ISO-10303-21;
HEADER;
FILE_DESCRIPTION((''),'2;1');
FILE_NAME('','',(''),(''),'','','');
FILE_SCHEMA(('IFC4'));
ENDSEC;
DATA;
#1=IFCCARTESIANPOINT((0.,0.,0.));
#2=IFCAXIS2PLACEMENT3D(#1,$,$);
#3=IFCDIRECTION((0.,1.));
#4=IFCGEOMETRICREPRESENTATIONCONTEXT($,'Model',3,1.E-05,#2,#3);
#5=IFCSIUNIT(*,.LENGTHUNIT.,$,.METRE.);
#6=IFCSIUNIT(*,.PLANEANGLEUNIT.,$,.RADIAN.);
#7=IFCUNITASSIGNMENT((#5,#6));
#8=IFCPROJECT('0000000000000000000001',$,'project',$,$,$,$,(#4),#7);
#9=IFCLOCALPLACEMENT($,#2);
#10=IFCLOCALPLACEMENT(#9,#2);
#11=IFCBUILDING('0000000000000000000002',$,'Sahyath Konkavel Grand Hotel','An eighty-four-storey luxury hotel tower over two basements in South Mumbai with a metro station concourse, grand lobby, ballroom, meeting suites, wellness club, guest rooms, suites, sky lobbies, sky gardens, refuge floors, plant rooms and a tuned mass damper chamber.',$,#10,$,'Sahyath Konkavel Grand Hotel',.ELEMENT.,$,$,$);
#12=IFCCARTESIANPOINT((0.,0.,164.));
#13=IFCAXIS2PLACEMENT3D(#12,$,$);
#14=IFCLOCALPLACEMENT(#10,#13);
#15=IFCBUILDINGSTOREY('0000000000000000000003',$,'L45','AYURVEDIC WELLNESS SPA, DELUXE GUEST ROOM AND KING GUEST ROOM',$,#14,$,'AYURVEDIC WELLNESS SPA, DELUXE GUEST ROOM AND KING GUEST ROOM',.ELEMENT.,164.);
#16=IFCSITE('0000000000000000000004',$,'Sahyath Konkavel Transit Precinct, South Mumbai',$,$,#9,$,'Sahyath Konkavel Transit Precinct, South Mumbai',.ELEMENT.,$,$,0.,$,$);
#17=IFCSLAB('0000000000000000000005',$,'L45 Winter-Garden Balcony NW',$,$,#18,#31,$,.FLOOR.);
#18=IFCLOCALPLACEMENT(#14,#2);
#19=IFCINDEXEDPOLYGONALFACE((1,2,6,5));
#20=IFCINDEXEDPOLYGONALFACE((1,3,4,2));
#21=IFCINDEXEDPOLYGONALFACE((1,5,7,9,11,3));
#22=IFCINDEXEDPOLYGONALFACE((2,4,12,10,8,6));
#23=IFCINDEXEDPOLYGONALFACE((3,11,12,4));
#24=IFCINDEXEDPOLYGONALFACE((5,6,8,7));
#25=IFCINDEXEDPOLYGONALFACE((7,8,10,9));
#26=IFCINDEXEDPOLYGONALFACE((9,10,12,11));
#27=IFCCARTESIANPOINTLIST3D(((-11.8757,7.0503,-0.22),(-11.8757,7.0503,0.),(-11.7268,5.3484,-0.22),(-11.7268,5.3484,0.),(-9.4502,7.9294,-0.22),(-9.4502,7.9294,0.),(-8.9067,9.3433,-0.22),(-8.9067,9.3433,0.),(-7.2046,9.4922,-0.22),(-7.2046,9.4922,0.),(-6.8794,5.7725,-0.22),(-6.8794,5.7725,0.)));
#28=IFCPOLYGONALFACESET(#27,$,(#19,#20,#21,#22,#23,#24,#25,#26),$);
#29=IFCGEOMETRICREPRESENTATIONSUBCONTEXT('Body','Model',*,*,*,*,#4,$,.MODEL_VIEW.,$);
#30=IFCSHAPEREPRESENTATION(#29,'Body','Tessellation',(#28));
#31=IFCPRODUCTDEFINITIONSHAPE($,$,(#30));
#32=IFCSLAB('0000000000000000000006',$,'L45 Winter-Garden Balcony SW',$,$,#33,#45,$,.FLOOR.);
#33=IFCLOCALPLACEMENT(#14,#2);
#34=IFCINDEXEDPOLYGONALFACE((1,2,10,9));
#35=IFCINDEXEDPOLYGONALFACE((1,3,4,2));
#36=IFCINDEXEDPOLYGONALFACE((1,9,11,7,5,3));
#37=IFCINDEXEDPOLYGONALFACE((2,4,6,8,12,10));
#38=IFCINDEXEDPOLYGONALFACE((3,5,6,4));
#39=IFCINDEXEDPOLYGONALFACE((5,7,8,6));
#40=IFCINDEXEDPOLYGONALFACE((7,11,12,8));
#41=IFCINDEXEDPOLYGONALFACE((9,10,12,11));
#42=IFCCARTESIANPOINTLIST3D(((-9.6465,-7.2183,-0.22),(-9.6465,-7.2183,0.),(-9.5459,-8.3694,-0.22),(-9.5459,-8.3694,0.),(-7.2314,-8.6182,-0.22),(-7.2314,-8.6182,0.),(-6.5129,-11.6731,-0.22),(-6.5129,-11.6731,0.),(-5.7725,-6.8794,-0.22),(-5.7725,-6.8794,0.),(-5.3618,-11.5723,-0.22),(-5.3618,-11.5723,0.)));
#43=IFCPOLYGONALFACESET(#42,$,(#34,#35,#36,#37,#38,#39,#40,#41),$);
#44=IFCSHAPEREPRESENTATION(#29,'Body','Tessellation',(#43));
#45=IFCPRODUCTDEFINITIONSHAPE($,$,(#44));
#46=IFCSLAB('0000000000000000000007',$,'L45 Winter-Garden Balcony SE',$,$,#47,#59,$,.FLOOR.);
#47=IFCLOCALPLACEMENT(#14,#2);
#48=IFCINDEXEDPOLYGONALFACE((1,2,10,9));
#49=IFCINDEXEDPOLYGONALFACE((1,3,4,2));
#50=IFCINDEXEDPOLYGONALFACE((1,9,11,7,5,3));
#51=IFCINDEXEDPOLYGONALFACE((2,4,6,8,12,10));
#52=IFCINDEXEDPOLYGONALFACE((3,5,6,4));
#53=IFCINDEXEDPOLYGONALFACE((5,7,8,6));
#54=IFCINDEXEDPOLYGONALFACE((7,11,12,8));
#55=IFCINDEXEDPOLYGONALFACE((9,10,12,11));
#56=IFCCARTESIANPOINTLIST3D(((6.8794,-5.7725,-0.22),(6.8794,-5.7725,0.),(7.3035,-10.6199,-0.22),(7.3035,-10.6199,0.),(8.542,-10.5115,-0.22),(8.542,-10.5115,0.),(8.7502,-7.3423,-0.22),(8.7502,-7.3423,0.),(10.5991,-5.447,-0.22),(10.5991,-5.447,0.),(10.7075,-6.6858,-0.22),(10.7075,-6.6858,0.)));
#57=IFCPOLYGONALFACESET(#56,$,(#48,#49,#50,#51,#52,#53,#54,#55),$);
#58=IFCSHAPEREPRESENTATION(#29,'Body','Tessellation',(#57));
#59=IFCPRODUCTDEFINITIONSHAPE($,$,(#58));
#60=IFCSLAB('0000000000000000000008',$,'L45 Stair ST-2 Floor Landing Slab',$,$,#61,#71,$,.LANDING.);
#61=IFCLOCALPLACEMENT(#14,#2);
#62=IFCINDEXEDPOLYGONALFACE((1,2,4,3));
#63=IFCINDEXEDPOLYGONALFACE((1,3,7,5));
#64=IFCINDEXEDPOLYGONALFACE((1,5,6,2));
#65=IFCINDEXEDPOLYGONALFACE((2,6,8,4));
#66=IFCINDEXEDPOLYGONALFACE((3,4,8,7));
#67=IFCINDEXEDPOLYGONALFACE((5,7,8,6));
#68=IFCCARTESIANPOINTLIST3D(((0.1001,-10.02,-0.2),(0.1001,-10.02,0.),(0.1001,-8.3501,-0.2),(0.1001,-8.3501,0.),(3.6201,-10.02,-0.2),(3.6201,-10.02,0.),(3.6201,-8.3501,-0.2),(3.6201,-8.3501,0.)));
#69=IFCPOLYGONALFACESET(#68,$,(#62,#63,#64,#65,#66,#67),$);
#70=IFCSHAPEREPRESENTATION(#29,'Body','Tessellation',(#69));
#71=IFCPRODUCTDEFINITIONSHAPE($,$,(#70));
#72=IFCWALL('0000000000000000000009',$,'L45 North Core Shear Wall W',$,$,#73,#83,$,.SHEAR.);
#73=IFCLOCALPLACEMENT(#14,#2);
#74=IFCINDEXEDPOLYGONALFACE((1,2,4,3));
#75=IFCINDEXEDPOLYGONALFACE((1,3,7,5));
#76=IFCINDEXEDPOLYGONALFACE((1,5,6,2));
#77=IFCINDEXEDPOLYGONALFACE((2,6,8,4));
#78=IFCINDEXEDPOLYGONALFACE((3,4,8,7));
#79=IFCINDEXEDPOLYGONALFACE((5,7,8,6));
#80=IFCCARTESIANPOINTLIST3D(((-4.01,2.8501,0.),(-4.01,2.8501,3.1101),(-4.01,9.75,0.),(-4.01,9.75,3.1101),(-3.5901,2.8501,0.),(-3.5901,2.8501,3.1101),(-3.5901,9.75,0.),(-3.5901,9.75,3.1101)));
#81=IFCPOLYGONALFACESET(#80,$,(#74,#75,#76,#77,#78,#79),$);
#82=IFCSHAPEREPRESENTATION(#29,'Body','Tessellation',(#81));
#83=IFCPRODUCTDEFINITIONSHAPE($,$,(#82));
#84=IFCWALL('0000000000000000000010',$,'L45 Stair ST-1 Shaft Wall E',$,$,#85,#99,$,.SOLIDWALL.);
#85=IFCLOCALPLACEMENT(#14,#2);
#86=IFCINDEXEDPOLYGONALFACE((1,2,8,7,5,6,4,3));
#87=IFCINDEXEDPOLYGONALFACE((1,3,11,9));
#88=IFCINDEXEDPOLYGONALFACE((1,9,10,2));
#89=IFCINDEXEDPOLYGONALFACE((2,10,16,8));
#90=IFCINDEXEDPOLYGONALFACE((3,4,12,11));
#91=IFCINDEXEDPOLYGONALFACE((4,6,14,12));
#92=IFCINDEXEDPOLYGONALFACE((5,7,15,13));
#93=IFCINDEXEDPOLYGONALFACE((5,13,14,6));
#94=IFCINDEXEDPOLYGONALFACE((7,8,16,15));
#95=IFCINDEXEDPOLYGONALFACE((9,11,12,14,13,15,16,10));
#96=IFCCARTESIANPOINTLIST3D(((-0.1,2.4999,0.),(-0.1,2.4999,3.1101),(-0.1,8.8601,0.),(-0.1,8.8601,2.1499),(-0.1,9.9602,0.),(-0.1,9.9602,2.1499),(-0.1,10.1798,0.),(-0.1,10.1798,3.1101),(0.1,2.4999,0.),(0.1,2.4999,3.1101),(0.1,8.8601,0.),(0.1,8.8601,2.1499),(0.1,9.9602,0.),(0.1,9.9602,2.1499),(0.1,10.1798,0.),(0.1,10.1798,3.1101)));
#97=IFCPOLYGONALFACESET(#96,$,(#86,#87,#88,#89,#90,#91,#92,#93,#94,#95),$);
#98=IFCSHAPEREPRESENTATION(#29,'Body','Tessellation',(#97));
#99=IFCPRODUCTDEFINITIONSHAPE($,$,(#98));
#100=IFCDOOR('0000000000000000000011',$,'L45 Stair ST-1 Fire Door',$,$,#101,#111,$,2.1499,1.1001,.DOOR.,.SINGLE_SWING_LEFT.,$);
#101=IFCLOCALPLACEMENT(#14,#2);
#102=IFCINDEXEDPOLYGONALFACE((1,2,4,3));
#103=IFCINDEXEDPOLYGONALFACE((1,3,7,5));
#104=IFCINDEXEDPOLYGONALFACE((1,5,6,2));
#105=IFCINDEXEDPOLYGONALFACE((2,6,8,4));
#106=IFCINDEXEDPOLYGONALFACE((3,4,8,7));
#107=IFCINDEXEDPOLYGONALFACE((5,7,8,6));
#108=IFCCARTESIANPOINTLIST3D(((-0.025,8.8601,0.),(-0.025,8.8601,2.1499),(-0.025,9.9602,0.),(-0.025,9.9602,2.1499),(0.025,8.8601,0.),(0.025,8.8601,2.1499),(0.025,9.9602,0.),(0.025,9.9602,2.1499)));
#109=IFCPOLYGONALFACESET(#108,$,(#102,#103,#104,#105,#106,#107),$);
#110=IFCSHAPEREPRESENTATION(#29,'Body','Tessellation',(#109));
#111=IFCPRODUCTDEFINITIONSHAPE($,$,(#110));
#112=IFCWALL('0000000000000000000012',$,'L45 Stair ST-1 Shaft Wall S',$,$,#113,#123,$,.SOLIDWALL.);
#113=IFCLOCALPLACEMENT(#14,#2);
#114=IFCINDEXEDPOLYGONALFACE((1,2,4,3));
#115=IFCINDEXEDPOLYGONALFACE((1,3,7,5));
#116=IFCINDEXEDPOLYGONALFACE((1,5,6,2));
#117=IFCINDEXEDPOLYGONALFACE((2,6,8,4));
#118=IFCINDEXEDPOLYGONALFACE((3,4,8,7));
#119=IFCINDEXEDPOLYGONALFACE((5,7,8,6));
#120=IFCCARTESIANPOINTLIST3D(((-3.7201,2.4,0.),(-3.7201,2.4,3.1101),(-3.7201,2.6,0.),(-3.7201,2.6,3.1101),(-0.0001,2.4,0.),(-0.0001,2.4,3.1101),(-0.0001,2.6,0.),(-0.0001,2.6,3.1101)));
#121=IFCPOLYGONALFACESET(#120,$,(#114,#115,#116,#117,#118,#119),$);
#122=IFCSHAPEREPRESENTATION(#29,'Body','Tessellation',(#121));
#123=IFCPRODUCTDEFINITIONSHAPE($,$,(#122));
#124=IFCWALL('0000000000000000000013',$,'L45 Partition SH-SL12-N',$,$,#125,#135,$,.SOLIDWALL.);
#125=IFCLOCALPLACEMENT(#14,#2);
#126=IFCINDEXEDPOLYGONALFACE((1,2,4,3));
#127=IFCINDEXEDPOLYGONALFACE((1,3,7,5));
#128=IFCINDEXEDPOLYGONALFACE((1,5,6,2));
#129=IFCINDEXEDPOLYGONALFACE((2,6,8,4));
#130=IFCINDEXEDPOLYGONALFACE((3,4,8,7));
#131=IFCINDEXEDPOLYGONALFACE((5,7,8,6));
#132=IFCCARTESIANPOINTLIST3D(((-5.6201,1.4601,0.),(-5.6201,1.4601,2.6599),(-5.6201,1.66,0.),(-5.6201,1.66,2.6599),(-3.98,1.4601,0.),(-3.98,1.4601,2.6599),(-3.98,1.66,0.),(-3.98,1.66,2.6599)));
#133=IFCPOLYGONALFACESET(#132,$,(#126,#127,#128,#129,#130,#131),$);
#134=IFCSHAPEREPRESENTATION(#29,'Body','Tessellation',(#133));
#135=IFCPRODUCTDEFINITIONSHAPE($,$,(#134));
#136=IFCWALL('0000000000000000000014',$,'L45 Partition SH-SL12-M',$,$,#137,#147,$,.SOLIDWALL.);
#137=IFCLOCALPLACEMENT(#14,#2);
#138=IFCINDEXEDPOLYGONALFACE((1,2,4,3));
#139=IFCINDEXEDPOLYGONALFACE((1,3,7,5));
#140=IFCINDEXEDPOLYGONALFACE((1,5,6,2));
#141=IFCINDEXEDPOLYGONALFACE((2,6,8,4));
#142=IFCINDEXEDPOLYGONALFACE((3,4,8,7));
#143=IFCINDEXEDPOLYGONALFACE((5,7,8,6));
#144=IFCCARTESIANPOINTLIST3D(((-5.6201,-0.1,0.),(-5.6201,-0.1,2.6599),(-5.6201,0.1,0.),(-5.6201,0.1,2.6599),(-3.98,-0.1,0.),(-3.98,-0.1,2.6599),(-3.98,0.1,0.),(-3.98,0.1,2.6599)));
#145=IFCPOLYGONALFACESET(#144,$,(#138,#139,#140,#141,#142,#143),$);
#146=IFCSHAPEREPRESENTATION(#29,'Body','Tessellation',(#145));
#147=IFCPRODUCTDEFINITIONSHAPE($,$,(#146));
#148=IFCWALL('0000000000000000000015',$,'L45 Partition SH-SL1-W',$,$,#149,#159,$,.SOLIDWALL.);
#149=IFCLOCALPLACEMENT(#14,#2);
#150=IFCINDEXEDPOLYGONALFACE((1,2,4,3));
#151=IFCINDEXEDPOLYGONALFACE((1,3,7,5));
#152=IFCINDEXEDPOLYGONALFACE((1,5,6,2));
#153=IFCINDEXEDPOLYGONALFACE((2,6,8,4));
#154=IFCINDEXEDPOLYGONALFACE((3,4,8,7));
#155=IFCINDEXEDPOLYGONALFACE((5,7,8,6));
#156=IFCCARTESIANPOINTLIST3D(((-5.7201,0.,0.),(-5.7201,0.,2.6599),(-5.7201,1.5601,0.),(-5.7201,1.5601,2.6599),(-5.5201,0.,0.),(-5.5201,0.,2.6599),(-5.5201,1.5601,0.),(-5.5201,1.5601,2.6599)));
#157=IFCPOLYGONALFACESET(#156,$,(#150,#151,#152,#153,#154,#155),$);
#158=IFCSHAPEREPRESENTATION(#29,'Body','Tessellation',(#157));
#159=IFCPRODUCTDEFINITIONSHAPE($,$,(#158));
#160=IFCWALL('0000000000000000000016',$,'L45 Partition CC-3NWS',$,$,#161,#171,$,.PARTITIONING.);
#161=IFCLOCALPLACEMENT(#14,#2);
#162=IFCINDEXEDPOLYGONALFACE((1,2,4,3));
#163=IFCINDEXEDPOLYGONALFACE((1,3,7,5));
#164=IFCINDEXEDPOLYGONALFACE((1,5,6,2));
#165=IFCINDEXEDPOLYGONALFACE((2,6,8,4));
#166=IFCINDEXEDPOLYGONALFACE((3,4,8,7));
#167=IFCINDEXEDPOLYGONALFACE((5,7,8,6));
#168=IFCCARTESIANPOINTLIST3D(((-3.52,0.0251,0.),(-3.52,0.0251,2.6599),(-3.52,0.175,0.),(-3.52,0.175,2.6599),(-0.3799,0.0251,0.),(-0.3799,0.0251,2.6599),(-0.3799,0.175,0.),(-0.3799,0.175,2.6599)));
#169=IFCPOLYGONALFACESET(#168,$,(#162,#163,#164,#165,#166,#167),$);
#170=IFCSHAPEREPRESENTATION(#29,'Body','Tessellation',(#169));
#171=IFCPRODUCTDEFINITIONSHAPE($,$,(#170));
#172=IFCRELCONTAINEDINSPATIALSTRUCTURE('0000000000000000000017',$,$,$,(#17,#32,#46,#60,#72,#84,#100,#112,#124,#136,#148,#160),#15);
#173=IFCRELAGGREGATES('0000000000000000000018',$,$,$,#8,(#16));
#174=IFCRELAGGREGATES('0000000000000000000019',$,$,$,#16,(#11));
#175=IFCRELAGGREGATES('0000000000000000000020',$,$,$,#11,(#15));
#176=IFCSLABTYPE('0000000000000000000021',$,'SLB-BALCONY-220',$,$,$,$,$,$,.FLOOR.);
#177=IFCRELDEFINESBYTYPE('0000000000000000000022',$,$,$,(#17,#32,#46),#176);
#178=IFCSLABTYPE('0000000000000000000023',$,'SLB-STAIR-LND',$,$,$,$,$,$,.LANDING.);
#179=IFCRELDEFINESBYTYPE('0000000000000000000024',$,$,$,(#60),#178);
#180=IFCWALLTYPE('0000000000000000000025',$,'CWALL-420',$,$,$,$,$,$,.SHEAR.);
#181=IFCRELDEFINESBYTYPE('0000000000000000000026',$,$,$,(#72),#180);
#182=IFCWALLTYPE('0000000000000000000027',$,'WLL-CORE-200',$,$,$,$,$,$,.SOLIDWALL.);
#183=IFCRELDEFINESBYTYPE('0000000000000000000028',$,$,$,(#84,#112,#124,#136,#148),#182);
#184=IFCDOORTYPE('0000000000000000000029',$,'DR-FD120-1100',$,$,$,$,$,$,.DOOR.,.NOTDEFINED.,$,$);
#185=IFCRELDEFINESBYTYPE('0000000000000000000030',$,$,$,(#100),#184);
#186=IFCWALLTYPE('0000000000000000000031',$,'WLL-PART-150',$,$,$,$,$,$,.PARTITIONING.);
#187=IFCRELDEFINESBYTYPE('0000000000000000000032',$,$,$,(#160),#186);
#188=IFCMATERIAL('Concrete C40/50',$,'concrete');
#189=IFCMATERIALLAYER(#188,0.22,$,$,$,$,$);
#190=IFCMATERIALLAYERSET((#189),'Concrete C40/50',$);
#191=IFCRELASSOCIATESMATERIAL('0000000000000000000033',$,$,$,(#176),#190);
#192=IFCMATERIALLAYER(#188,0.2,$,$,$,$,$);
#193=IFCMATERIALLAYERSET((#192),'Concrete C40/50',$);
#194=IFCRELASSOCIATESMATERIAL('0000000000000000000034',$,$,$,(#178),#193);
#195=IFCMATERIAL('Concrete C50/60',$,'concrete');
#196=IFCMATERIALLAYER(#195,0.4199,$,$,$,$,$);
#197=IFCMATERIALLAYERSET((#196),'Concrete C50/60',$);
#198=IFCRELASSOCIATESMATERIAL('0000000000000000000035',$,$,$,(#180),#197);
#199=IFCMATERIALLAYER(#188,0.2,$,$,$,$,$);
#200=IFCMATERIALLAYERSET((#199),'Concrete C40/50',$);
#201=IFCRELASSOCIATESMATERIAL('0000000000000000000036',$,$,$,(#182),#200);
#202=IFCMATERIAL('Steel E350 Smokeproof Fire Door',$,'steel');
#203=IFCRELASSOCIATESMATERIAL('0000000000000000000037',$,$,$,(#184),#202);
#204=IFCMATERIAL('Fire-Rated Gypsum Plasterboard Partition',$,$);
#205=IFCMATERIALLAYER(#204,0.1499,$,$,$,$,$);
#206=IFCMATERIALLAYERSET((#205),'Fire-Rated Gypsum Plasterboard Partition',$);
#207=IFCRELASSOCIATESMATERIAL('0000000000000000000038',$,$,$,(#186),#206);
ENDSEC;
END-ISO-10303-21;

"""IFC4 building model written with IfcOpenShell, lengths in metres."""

from ifc_helpers import new_model, si_unit, direction, frame, frame_2d, origin, origin_2d, place, context, subcontext, project, spatial, polyline, rectangle, outline, extrude, source, transform, mapped, material, layer, layer_set, type_object, element, fill, save


model = new_model("IFC4")

# Units and contexts
model_context = context("Model", 3, precision=1e-05, world=origin(), true_north=direction((0.0, 1.0)))
body_context = subcontext(model_context, "Body", "Model", "MODEL_VIEW")
ifc_project = project(units=[si_unit("LENGTHUNIT", "METRE"), si_unit("PLANEANGLEUNIT", "RADIAN")], contexts=[model_context])

# Site, building, storey
site_placement = place(None, origin())
site = spatial("IfcSite", under=ifc_project, at=site_placement, Name="Sahyath Konkavel Transit Precinct, South Mumbai", LongName="Sahyath Konkavel Transit Precinct, South Mumbai", CompositionType="ELEMENT", RefElevation=0.0)
building_placement = place(site_placement, origin())
building = spatial("IfcBuilding", under=site, at=building_placement, Name="Sahyath Konkavel Grand Hotel", Description="An eighty-four-storey luxury hotel tower over two basements in South Mumbai with a metro station concourse, grand lobby, ballroom, meeting suites, wellness club, guest rooms, suites, sky lobbies, sky gardens, refuge floors, plant rooms and a tuned mass damper chamber.", LongName="Sahyath Konkavel Grand Hotel", CompositionType="ELEMENT")
storey_placement = place(building_placement, frame((0.0, 0.0, 164.0)))
storey = spatial("IfcBuildingStorey", under=building, at=storey_placement, Name="L45", Description="AYURVEDIC WELLNESS SPA, DELUXE GUEST ROOM AND KING GUEST ROOM", LongName="AYURVEDIC WELLNESS SPA, DELUXE GUEST ROOM AND KING GUEST ROOM", CompositionType="ELEMENT", Elevation=164.0)

# Shared definitions
ifc_material_1 = material(Name="Concrete C50/60", Category="concrete")

# Slabs
ifc_material_2 = material(Name="Concrete C40/50", Category="concrete")
ifc_layer_1 = layer(ifc_material_2, 0.22)
ifc_layer_set_1 = layer_set([ifc_layer_1], Name="Concrete C40/50")
slab_type_1 = type_object("IfcSlabType", Name="SLB-BALCONY-220", PredefinedType="FLOOR", material=ifc_layer_set_1)
slab_1_placement = place(storey_placement, frame((0.0, 0.0, -0.22)))
element("IfcSlab", 1, at=slab_1_placement, inside=storey, type_object=slab_type_1, Name="L45 Winter-Garden Balcony NW", PredefinedType="FLOOR", context=body_context, shape_type="SweptSolid", body=[
    extrude(outline(polyline([(-6.8794, 5.7725), (-7.2046, 9.4922), (-8.9067, 9.3433), (-9.4502, 7.9294), (-11.8757, 7.0503), (-11.7268, 5.3484), (-6.8794, 5.7725)])), origin(), (0.0, 0.0, 1.0), 0.22),
])
slab_2_placement = place(storey_placement, frame((0.0, 0.0, -0.22)))
element("IfcSlab", 2, at=slab_2_placement, inside=storey, type_object=slab_type_1, Name="L45 Winter-Garden Balcony SW", PredefinedType="FLOOR", context=body_context, shape_type="SweptSolid", body=[
    extrude(outline(polyline([(-5.7725, -6.8794), (-9.6465, -7.2183), (-9.5459, -8.3694), (-7.2314, -8.6182), (-6.5129, -11.6731), (-5.3618, -11.5723), (-5.7725, -6.8794)])), origin(), (0.0, 0.0, 1.0), 0.22),
])
slab_3_placement = place(storey_placement, frame((0.0, 0.0, -0.22)))
element("IfcSlab", 3, at=slab_3_placement, inside=storey, type_object=slab_type_1, Name="L45 Winter-Garden Balcony SE", PredefinedType="FLOOR", context=body_context, shape_type="SweptSolid", body=[
    extrude(outline(polyline([(6.8794, -5.7725), (7.3035, -10.6199), (8.542, -10.5115), (8.7502, -7.3423), (10.7075, -6.6858), (10.5991, -5.447), (6.8794, -5.7725)])), origin(), (0.0, 0.0, 1.0), 0.22),
])
ifc_layer_2 = layer(ifc_material_2, 0.2)
ifc_layer_set_2 = layer_set([ifc_layer_2], Name="Concrete C40/50")
slab_type_2 = type_object("IfcSlabType", Name="SLB-STAIR-LND", PredefinedType="LANDING", material=ifc_layer_set_2)
slab_4_placement = place(storey_placement, frame((0.0, 0.0, -0.2)))
element("IfcSlab", 4, at=slab_4_placement, inside=storey, type_object=slab_type_2, Name="L45 Stair ST-2 Floor Landing Slab", PredefinedType="LANDING", context=body_context, shape_type="SweptSolid", body=[
    extrude(outline(polyline([(0.1001, -10.02), (3.6201, -10.02), (3.6201, -8.3501), (0.1001, -8.3501), (0.1001, -10.02)])), origin(), (0.0, 0.0, 1.0), 0.2),
])

# Wall
ifc_layer_3 = layer(ifc_material_1, 0.4199)
ifc_layer_set_3 = layer_set([ifc_layer_3], Name="Concrete C50/60")
wall_type_1 = type_object("IfcWallType", Name="CWALL-420", PredefinedType="SHEAR", material=ifc_layer_set_3)
wall_1_placement = place(storey_placement, frame((-3.8, 2.8501, 0.0), z_axis=(0.0, 0.0, 1.0), x_axis=(0.0, 1.0, 0.0)))
element("IfcWall", 5, at=wall_1_placement, inside=storey, type_object=wall_type_1, Name="L45 North Core Shear Wall W", PredefinedType="SHEAR", context=body_context, shape_type="SweptSolid", body=[
    extrude(rectangle(XDim=6.8999, YDim=0.4199, at=frame_2d((3.45, 0.0))), origin(), (0.0, 0.0, 1.0), 3.1101),
])

# Wall, opening, door
ifc_layer_4 = layer(ifc_material_2, 0.2)
ifc_layer_set_4 = layer_set([ifc_layer_4], Name="Concrete C40/50")
wall_type_2 = type_object("IfcWallType", Name="WLL-CORE-200", PredefinedType="SOLIDWALL", material=ifc_layer_set_4)
wall_2_placement = place(storey_placement, frame((0.0, 2.5, 0.0), z_axis=(0.0, 0.0, 1.0), x_axis=(0.0, 1.0, 0.0)))
wall_2 = element("IfcWall", 6, at=wall_2_placement, inside=storey, type_object=wall_type_2, Name="L45 Stair ST-1 Shaft Wall E", PredefinedType="SOLIDWALL", context=body_context, shape_type="SweptSolid", body=[
    extrude(rectangle(XDim=7.6799, YDim=0.2, at=frame_2d((3.8398, 0.0))), origin(), (0.0, 0.0, 1.0), 3.1101),
])
opening_1_placement = place(wall_2_placement, frame((6.3601, 0.0, 0.0)))
opening_1 = element("IfcOpeningElement", 7, at=opening_1_placement, cuts=wall_2, PredefinedType="OPENING", context=body_context, shape_type="SweptSolid", body=[
    extrude(rectangle(XDim=1.1001, YDim=2.1499, at=frame_2d((0.55, 1.075))), frame((0.0, 0.1099, 0.0), z_axis=(0.0, -1.0, 0.0), x_axis=(1.0, 0.0, 0.0)), (0.0, 0.0, 1.0), 0.22),
])
ifc_material_3 = material(Name="Steel E350 Smokeproof Fire Door", Category="steel")
door_type_1 = type_object("IfcDoorType", Name="DR-FD120-1100", OperationType="NOTDEFINED", PredefinedType="DOOR", material=ifc_material_3)
shared_shape_1 = source(origin(), body_context, "Body", "SweptSolid", [
    extrude(rectangle(XDim=1.1001, YDim=0.05, at=origin_2d()), origin(), (0.0, 0.0, 1.0), 2.1499),
])
door_1_placement = place(opening_1_placement, frame((0.55, 0.0, 0.0)))
door_1 = element("IfcDoor", 8, at=door_1_placement, inside=storey, type_object=door_type_1, Name="L45 Stair ST-1 Fire Door", OperationType="SINGLE_SWING_LEFT", OverallHeight=2.1499, OverallWidth=1.1001, PredefinedType="DOOR", context=body_context, shape_type="MappedRepresentation", body=[
    mapped(shared_shape_1, transform((0.0, 0.0, 0.0), scale=1.0)),
])
fill(opening_1, door_1)

# Walls
wall_3_placement = place(storey_placement, frame((-3.72, 2.5, 0.0), z_axis=(0.0, 0.0, 1.0), x_axis=(1.0, 0.0, 0.0)))
element("IfcWall", 9, at=wall_3_placement, inside=storey, type_object=wall_type_2, Name="L45 Stair ST-1 Shaft Wall S", PredefinedType="SOLIDWALL", context=body_context, shape_type="SweptSolid", body=[
    extrude(rectangle(XDim=3.72, YDim=0.2, at=frame_2d((1.8599, 0.0))), origin(), (0.0, 0.0, 1.0), 3.1101),
])
for number, where, z_axis, x_axis, name in (
    (10, (-5.6201, 1.5601, 0.0), (0.0, 0.0, 1.0), (1.0, 0.0, 0.0), "L45 Partition SH-SL12-N"),
    (11, (-5.6201, 0.0, 0.0), (0.0, 0.0, 1.0), (1.0, 0.0, 0.0), "L45 Partition SH-SL12-M"),
):
    element("IfcWall", number, at=place(storey_placement, frame(where, z_axis=z_axis, x_axis=x_axis)), inside=storey, type_object=wall_type_2, Name=name, PredefinedType="SOLIDWALL", context=body_context, shape_type="SweptSolid", body=[
        extrude(rectangle(XDim=1.6401, YDim=0.2, at=frame_2d((0.8201, 0.0))), origin(), (0.0, 0.0, 1.0), 2.6599),
    ])
wall_4_placement = place(storey_placement, frame((-5.6201, 0.0, 0.0), z_axis=(0.0, 0.0, 1.0), x_axis=(0.0, 1.0, 0.0)))
element("IfcWall", 12, at=wall_4_placement, inside=storey, type_object=wall_type_2, Name="L45 Partition SH-SL1-W", PredefinedType="SOLIDWALL", context=body_context, shape_type="SweptSolid", body=[
    extrude(rectangle(XDim=1.5601, YDim=0.2, at=frame_2d((0.78, 0.0))), origin(), (0.0, 0.0, 1.0), 2.6599),
])
ifc_material_4 = material(Name="Fire-Rated Gypsum Plasterboard Partition")
ifc_layer_5 = layer(ifc_material_4, 0.1499)
ifc_layer_set_5 = layer_set([ifc_layer_5], Name="Fire-Rated Gypsum Plasterboard Partition")
wall_type_3 = type_object("IfcWallType", Name="WLL-PART-150", PredefinedType="PARTITIONING", material=ifc_layer_set_5)
wall_5_placement = place(storey_placement, frame((-3.52, 0.1001, 0.0), z_axis=(0.0, 0.0, 1.0), x_axis=(1.0, 0.0, 0.0)))
element("IfcWall", 13, at=wall_5_placement, inside=storey, type_object=wall_type_3, Name="L45 Partition CC-3NWS", PredefinedType="PARTITIONING", context=body_context, shape_type="SweptSolid", body=[
    extrude(rectangle(XDim=3.1401, YDim=0.1499, at=frame_2d((1.5701, 0.0))), origin(), (0.0, 0.0, 1.0), 2.6599),
])

save(model, "model.ifc")
